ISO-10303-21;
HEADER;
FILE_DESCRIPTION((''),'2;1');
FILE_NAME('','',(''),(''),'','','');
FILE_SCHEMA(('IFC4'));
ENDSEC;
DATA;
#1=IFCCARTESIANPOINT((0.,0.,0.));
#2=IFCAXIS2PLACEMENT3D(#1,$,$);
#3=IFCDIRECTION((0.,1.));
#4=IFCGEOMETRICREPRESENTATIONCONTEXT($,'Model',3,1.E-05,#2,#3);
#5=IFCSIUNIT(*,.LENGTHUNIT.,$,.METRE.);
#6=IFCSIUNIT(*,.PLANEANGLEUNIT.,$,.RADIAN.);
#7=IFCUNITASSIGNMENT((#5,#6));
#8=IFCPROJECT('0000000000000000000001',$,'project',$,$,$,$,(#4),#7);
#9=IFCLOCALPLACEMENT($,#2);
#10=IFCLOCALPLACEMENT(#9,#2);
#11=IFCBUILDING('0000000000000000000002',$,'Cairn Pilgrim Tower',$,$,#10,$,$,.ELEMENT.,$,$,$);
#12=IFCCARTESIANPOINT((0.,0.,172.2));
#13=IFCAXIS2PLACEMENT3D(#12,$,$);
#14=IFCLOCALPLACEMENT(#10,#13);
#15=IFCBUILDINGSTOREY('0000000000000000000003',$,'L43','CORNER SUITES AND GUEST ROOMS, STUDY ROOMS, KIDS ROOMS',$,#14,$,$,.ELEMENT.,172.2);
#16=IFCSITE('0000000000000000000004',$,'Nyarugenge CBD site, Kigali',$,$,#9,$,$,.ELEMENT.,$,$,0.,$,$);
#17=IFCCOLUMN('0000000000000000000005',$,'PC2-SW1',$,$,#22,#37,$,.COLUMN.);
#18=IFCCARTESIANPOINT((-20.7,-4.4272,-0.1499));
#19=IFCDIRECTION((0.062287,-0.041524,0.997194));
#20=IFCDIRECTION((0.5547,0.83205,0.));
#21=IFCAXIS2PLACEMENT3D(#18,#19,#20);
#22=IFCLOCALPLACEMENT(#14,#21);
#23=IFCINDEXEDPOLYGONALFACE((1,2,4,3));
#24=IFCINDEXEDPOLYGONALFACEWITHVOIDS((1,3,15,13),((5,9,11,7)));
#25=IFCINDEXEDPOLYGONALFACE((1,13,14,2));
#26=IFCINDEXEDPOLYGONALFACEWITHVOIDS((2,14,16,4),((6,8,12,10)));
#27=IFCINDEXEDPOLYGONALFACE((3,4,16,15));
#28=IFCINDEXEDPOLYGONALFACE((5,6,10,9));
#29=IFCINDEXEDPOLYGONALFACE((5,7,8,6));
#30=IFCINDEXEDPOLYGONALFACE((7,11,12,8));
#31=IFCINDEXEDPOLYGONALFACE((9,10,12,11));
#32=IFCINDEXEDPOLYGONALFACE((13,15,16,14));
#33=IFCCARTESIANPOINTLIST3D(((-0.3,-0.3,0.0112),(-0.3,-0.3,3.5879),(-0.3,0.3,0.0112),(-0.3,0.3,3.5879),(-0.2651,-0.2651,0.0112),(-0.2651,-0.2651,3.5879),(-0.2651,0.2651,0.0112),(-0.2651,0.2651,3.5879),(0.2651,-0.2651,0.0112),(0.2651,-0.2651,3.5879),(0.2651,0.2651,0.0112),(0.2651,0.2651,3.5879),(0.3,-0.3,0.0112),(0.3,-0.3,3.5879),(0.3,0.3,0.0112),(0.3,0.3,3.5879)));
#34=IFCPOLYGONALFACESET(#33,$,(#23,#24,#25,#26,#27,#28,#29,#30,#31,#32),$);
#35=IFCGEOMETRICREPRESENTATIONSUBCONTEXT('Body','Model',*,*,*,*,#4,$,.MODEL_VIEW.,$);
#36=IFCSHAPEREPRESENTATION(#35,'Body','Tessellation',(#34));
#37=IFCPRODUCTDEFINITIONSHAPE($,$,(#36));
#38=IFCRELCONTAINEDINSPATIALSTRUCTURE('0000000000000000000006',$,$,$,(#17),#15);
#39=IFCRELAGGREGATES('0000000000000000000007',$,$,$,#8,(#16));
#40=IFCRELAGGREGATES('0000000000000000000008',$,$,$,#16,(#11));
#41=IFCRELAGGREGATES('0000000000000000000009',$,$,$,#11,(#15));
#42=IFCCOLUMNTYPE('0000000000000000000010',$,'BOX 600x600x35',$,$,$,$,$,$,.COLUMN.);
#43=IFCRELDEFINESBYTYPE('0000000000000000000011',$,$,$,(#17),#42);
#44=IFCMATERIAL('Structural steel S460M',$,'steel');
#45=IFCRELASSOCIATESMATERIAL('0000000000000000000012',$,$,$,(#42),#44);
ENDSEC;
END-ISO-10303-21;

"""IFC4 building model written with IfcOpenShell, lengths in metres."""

from ifc_helpers import new_model, si_unit, direction, frame, origin, origin_2d, place, context, subcontext, project, spatial, hollow_rectangle, extrude, clip, halfspace, material, material_profile, profile_set, type_object, element, save


model = new_model("IFC4")

# Units and contexts
model_context = context("Model", 3, precision=1e-05, world=origin(), true_north=direction((0.0, 1.0)))
body_context = subcontext(model_context, "Body", "Model", "MODEL_VIEW")
ifc_project = project(units=[si_unit("LENGTHUNIT", "METRE"), si_unit("PLANEANGLEUNIT", "RADIAN")], contexts=[model_context])

# Site, building, storey
site_placement = place(None, origin())
site = spatial("IfcSite", under=ifc_project, at=site_placement, Name="Nyarugenge CBD site, Kigali", CompositionType="ELEMENT", RefElevation=0.0)
building_placement = place(site_placement, origin())
building = spatial("IfcBuilding", under=site, at=building_placement, Name="Cairn Pilgrim Tower", CompositionType="ELEMENT")
storey_placement = place(building_placement, frame((0.0, 0.0, 172.2)))
storey = spatial("IfcBuildingStorey", under=building, at=storey_placement, Name="L43", Description="CORNER SUITES AND GUEST ROOMS, STUDY ROOMS, KIDS ROOMS", CompositionType="ELEMENT", Elevation=172.2)

# Column
ifc_material_1 = material(Name="Structural steel S460M", Category="steel")
ifc_material_profile_1 = material_profile(ifc_material_1, hollow_rectangle(XDim=0.6001, YDim=0.6001, WallThickness=0.0349, at=origin_2d()), Name="BOX 600x600x35")
ifc_profile_set_1 = profile_set([ifc_material_profile_1], Name="Structural steel S460M")
column_type = type_object("IfcColumnType", Name="BOX 600x600x35", PredefinedType="COLUMN", material=ifc_profile_set_1)
column_placement = place(storey_placement, frame((-20.7, -4.4272, -0.1499), z_axis=(0.062287, -0.041524, 0.997194), x_axis=(0.5547, 0.83205, 0.0)))
element("IfcColumn", 1, at=column_placement, inside=storey, type_object=column_type, Name="PC2-SW1", PredefinedType="COLUMN", context=body_context, shape_type="Clipping", body=[
    clip(clip(extrude(hollow_rectangle(XDim=0.6001, YDim=0.6001, WallThickness=0.0349, at=origin_2d()), origin(), (0.0, 0.0, 1.0), 3.6099), halfspace(frame((0.0, 0.0, 0.0112), z_axis=(0.0, 0.0, 1.0), x_axis=(1.0, 0.0, 0.0)), True)), halfspace(frame((0.0, 0.0, 3.5879), z_axis=(0.0, 0.0, 1.0), x_axis=(1.0, 0.0, 0.0)), False)),
])

save(model, "model.ifc")
